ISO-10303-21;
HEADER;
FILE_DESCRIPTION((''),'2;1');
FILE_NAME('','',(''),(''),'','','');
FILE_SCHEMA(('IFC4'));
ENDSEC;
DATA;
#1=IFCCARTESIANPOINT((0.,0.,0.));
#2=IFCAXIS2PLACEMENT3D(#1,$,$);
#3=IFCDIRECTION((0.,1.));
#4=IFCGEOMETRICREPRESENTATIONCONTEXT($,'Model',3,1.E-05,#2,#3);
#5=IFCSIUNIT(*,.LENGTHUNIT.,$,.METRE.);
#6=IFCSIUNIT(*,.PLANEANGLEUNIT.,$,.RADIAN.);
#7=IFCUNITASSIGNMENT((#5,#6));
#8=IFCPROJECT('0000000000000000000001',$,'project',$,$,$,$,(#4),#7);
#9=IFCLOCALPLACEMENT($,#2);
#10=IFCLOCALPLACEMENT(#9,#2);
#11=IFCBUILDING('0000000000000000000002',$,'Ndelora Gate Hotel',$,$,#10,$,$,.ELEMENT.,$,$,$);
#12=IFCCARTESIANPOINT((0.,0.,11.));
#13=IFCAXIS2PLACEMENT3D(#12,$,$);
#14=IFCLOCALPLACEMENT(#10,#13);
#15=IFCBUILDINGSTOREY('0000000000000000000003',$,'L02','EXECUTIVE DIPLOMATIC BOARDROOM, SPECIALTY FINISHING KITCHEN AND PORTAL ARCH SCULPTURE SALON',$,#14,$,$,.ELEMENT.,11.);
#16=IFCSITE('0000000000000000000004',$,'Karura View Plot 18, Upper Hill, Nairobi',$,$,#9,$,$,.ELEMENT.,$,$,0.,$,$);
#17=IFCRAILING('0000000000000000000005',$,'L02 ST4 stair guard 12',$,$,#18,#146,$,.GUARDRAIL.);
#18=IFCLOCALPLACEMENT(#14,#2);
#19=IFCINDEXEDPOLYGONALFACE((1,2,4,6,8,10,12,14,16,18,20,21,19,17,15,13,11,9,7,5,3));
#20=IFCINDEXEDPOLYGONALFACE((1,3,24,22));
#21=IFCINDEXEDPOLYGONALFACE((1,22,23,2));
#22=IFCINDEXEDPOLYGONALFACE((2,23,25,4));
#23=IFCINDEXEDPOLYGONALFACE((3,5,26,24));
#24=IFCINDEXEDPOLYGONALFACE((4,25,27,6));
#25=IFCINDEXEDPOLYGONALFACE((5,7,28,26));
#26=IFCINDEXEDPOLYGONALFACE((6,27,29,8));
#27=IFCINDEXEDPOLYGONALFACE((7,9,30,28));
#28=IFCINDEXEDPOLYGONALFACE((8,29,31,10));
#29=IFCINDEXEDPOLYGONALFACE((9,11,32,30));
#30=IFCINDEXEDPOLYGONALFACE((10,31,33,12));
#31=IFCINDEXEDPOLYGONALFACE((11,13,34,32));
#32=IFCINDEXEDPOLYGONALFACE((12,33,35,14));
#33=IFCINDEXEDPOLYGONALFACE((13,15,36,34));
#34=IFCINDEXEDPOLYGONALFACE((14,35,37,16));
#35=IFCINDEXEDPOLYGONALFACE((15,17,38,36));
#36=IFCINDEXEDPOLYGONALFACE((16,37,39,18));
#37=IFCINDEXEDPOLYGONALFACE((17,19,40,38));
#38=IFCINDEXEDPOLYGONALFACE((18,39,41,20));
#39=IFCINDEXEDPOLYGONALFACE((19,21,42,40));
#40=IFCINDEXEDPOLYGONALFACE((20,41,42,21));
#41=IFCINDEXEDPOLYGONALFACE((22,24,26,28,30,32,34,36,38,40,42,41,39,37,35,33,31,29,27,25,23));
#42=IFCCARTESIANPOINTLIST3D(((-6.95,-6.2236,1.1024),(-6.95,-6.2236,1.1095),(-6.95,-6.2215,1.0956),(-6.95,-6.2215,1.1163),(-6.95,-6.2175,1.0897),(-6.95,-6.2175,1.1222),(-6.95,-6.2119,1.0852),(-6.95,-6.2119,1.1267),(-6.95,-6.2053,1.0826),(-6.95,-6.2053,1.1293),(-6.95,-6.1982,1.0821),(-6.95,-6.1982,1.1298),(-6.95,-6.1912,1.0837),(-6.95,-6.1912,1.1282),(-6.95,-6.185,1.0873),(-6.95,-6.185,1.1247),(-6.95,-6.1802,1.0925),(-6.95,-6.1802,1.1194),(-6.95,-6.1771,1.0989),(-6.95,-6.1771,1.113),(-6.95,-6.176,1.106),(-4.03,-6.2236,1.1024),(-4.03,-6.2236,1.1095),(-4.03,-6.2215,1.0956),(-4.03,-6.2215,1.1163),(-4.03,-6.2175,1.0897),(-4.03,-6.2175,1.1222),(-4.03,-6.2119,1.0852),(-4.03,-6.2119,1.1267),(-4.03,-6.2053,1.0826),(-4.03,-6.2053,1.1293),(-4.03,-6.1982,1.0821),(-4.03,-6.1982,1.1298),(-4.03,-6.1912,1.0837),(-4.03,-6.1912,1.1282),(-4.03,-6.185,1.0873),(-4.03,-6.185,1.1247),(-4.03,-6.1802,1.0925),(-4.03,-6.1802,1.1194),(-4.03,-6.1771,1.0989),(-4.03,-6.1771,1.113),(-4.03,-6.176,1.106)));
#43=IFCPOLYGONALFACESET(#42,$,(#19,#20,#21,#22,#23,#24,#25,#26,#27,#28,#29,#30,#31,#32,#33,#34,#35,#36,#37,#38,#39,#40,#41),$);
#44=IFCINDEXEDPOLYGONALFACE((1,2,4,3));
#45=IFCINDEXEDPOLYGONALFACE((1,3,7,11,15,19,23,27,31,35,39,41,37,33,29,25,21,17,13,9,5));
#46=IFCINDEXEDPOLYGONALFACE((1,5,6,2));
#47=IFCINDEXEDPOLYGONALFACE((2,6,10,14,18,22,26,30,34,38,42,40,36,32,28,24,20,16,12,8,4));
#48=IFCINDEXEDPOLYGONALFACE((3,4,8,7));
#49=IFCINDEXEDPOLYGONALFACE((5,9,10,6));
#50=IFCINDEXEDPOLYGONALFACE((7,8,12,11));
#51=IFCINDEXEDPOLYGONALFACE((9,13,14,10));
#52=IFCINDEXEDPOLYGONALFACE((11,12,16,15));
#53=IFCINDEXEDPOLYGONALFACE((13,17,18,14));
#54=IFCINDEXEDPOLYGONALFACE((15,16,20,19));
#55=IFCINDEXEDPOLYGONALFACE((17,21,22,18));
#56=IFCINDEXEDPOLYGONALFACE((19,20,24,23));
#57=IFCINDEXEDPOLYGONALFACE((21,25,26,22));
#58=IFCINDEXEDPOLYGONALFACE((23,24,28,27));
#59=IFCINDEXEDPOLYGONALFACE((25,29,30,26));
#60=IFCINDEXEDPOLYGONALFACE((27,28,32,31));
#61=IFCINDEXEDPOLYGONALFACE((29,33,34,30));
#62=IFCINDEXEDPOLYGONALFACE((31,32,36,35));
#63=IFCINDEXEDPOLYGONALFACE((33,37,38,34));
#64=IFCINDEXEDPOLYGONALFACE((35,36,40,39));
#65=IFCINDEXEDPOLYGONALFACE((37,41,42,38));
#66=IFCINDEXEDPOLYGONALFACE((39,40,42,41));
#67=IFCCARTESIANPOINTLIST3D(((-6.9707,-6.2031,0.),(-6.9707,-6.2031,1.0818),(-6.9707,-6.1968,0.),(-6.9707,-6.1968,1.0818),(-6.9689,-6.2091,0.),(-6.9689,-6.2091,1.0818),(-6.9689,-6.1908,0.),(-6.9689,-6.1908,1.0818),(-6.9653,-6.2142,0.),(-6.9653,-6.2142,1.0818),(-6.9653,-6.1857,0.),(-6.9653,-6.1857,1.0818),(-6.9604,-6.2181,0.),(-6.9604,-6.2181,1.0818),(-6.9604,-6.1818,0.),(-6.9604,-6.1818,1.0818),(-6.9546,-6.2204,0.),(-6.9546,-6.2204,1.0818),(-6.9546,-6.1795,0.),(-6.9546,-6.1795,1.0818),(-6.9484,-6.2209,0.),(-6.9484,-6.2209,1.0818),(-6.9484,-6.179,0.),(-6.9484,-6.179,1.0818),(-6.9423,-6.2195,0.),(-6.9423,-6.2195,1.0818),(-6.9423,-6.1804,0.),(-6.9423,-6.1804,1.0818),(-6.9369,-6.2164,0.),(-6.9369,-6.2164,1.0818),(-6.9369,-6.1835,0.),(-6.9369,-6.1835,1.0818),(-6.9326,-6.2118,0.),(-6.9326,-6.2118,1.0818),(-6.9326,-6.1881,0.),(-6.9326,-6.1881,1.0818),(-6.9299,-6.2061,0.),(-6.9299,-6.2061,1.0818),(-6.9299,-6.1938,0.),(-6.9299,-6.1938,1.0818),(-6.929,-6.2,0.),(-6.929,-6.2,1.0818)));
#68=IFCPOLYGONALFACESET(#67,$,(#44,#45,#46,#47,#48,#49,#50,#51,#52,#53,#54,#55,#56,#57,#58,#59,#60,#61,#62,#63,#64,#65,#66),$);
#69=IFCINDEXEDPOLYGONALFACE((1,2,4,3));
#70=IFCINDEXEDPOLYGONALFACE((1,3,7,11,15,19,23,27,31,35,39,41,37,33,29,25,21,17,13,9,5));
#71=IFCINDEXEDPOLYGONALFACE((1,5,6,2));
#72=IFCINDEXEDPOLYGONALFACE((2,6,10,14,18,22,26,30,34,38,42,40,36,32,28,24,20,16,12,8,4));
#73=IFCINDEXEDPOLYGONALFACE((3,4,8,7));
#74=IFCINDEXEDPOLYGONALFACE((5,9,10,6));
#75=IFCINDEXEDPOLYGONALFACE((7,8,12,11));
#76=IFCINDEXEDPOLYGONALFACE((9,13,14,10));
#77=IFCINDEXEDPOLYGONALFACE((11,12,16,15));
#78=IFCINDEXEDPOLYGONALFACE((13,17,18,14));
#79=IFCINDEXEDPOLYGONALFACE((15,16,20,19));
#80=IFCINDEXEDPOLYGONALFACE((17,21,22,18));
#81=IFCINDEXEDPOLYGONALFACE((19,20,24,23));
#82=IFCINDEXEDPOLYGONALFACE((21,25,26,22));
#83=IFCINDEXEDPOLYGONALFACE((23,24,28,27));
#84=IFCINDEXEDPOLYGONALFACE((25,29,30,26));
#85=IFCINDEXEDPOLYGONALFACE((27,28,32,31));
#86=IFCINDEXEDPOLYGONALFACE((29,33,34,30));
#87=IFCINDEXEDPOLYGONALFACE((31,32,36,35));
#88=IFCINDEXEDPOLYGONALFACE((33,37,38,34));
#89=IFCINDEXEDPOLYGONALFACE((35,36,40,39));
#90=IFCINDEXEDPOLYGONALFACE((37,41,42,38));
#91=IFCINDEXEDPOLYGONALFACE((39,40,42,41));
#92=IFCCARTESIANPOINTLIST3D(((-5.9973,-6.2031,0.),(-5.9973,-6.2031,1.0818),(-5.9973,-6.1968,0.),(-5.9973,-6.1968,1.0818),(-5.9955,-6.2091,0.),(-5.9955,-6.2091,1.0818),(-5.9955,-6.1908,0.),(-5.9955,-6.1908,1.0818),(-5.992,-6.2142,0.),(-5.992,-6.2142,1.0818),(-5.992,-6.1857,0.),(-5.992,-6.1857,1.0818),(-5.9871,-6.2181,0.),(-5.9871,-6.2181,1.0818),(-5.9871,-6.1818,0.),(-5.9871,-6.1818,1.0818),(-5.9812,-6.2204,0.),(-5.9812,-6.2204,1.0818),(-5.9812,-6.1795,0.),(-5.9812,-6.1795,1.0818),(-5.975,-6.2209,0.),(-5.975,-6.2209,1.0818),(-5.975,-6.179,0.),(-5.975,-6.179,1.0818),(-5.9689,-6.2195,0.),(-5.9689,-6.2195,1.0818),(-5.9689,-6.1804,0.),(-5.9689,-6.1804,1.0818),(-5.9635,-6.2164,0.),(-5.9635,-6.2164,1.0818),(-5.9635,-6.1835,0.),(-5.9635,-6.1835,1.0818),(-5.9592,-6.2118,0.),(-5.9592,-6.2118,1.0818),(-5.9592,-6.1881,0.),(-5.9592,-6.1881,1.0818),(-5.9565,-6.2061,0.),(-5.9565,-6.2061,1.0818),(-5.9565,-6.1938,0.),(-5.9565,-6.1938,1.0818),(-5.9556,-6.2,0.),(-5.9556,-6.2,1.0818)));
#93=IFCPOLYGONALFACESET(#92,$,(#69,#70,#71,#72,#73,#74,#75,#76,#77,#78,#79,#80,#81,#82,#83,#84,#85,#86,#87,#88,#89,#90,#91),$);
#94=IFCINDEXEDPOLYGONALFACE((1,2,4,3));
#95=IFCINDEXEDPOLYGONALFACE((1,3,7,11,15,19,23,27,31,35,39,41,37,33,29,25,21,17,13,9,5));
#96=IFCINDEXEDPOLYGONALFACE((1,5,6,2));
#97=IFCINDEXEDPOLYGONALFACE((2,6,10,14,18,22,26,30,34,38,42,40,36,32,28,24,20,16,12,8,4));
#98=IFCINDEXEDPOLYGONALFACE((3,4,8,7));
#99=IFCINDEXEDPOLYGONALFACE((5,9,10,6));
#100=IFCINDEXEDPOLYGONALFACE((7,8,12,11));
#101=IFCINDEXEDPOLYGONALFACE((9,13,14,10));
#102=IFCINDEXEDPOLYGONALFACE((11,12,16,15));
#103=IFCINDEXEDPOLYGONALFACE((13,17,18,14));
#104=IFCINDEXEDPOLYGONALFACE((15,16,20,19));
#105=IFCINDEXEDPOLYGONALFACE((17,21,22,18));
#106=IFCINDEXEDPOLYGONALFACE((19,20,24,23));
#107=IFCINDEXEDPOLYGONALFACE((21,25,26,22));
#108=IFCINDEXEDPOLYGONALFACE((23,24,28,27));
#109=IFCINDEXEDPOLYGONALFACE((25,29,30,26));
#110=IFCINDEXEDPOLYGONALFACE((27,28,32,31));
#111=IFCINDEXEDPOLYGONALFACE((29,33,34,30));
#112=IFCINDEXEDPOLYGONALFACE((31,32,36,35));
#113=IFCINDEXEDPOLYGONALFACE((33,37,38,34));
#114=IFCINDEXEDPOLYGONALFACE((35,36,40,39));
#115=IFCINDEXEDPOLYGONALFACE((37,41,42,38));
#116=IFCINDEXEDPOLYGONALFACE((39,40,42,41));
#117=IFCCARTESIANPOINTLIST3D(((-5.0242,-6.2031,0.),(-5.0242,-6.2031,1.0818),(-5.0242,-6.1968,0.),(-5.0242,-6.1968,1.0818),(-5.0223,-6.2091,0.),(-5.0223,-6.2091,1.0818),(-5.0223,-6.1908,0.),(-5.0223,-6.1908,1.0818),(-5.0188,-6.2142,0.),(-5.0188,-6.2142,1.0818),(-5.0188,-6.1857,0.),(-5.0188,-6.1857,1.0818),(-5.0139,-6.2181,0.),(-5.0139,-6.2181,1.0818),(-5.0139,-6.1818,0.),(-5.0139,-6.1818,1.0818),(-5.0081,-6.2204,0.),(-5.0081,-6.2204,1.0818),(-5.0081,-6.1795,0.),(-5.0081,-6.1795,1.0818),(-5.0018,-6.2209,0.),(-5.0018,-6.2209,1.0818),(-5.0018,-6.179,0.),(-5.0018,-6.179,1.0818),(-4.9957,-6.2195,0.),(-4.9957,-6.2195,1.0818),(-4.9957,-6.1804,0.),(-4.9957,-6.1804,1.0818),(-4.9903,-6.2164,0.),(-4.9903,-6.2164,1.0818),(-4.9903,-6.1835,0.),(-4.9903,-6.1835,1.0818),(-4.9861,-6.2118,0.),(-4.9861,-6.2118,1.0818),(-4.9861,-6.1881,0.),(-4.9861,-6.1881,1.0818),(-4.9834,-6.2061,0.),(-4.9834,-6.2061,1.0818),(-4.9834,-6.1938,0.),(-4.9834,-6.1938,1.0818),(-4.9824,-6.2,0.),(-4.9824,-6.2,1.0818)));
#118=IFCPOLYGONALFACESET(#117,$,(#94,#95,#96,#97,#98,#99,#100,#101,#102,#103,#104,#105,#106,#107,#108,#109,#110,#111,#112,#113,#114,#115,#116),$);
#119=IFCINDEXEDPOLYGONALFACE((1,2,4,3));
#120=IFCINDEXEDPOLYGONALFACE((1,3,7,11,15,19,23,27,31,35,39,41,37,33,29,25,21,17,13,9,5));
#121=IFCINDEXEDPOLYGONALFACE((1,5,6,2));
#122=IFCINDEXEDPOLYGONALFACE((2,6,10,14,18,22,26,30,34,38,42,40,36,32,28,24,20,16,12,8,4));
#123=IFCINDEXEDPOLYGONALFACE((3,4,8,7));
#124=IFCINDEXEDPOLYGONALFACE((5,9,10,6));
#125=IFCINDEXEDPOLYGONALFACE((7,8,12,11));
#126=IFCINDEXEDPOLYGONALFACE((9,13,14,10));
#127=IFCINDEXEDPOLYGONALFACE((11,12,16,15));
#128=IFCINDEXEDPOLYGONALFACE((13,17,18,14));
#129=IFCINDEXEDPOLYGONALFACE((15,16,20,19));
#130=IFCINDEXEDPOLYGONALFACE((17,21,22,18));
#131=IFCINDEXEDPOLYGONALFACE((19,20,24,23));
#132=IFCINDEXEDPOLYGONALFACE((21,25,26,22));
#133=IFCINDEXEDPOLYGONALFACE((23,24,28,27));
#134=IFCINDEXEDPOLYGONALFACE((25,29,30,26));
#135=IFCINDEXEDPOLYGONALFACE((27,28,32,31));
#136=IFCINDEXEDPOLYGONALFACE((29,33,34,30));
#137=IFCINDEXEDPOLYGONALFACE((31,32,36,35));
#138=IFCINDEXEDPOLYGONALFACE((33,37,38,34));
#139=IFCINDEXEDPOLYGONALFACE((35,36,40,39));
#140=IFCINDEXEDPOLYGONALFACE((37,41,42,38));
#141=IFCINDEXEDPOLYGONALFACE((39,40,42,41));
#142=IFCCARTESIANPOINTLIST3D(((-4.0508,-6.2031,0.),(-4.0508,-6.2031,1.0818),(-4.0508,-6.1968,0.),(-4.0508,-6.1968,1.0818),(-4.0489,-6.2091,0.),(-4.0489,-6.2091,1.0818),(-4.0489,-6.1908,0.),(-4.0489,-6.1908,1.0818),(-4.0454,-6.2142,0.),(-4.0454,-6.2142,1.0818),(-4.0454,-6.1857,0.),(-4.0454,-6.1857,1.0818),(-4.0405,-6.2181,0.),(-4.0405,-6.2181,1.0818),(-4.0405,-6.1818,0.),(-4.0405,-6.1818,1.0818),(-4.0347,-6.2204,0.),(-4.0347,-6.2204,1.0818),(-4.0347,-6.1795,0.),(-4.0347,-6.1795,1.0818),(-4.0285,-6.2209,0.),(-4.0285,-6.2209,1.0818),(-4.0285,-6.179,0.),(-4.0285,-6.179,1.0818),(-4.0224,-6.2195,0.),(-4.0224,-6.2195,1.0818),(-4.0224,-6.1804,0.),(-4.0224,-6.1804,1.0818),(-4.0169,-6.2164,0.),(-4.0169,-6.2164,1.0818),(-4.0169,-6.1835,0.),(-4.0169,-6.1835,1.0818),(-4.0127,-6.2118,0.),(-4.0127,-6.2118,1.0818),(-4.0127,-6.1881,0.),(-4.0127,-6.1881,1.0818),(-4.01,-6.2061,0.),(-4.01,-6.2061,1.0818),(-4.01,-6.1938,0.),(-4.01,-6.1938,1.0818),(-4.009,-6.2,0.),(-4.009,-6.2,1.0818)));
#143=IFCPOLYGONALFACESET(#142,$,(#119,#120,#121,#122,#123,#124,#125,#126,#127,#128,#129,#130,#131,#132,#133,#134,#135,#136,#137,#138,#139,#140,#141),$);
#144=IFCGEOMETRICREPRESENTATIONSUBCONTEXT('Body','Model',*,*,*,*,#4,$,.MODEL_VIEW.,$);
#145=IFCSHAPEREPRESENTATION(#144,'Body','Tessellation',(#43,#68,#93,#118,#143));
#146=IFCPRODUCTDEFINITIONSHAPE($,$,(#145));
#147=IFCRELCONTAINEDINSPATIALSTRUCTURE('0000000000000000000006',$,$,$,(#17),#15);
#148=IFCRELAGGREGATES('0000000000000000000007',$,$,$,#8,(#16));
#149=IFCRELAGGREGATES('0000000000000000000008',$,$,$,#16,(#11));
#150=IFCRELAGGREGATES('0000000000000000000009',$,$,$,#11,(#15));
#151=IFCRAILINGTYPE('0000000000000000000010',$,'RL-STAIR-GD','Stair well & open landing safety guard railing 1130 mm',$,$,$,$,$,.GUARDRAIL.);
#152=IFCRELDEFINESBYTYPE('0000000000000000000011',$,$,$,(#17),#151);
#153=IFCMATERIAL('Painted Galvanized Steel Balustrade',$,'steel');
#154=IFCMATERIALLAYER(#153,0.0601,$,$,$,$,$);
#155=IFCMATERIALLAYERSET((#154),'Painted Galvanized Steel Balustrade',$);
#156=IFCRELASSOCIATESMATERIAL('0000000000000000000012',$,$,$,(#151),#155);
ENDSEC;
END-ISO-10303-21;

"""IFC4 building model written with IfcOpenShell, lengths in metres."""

from ifc_helpers import new_model, si_unit, direction, frame, origin, origin_2d, place, context, subcontext, project, spatial, circle, extrude, material, layer, layer_set, type_object, element, save


model = new_model("IFC4")

# Units and contexts
model_context = context("Model", 3, precision=1e-05, world=origin(), true_north=direction((0.0, 1.0)))
body_context = subcontext(model_context, "Body", "Model", "MODEL_VIEW")
ifc_project = project(units=[si_unit("LENGTHUNIT", "METRE"), si_unit("PLANEANGLEUNIT", "RADIAN")], contexts=[model_context])

# Site, building, storey
site_placement = place(None, origin())
site = spatial("IfcSite", under=ifc_project, at=site_placement, Name="Karura View Plot 18, Upper Hill, Nairobi", CompositionType="ELEMENT", RefElevation=0.0)
building_placement = place(site_placement, origin())
building = spatial("IfcBuilding", under=site, at=building_placement, Name="Ndelora Gate Hotel", CompositionType="ELEMENT")
storey_placement = place(building_placement, frame((0.0, 0.0, 11.0)))
storey = spatial("IfcBuildingStorey", under=building, at=storey_placement, Name="L02", Description="EXECUTIVE DIPLOMATIC BOARDROOM, SPECIALTY FINISHING KITCHEN AND PORTAL ARCH SCULPTURE SALON", CompositionType="ELEMENT", Elevation=11.0)

# Railing
ifc_material_1 = material(Name="Painted Galvanized Steel Balustrade", Category="steel")
ifc_layer_1 = layer(ifc_material_1, 0.0601)
ifc_layer_set_1 = layer_set([ifc_layer_1], Name="Painted Galvanized Steel Balustrade")
railing_type = type_object("IfcRailingType", Name="RL-STAIR-GD", Description="Stair well & open landing safety guard railing 1130 mm", PredefinedType="GUARDRAIL", material=ifc_layer_set_1)
railing_1_placement = place(storey_placement, frame((-6.95, -6.2, 0.0)))
element("IfcRailing", 1, at=railing_1_placement, inside=storey, type_object=railing_type, Name="L02 ST4 stair guard 12", PredefinedType="GUARDRAIL", context=body_context, shape_type="SweptSolid", body=[
    extrude(circle(Radius=0.0239, at=origin_2d()), frame((0.0, 0.0, 1.106), z_axis=(1.0, 0.0, 0.0), x_axis=(0.0, 1.0, 0.0)), (0.0, 0.0, 1.0), 2.9199),
    extrude(circle(Radius=0.021, at=origin_2d()), origin(), (0.0, 0.0, 1.0), 1.0818),
    extrude(circle(Radius=0.021, at=origin_2d()), frame((0.9734, 0.0, 0.0)), (0.0, 0.0, 1.0), 1.0818),
    extrude(circle(Radius=0.021, at=origin_2d()), frame((1.9465, 0.0, 0.0)), (0.0, 0.0, 1.0), 1.0818),
    extrude(circle(Radius=0.021, at=origin_2d()), frame((2.9199, 0.0, 0.0)), (0.0, 0.0, 1.0), 1.0818),
])

save(model, "model.ifc")
